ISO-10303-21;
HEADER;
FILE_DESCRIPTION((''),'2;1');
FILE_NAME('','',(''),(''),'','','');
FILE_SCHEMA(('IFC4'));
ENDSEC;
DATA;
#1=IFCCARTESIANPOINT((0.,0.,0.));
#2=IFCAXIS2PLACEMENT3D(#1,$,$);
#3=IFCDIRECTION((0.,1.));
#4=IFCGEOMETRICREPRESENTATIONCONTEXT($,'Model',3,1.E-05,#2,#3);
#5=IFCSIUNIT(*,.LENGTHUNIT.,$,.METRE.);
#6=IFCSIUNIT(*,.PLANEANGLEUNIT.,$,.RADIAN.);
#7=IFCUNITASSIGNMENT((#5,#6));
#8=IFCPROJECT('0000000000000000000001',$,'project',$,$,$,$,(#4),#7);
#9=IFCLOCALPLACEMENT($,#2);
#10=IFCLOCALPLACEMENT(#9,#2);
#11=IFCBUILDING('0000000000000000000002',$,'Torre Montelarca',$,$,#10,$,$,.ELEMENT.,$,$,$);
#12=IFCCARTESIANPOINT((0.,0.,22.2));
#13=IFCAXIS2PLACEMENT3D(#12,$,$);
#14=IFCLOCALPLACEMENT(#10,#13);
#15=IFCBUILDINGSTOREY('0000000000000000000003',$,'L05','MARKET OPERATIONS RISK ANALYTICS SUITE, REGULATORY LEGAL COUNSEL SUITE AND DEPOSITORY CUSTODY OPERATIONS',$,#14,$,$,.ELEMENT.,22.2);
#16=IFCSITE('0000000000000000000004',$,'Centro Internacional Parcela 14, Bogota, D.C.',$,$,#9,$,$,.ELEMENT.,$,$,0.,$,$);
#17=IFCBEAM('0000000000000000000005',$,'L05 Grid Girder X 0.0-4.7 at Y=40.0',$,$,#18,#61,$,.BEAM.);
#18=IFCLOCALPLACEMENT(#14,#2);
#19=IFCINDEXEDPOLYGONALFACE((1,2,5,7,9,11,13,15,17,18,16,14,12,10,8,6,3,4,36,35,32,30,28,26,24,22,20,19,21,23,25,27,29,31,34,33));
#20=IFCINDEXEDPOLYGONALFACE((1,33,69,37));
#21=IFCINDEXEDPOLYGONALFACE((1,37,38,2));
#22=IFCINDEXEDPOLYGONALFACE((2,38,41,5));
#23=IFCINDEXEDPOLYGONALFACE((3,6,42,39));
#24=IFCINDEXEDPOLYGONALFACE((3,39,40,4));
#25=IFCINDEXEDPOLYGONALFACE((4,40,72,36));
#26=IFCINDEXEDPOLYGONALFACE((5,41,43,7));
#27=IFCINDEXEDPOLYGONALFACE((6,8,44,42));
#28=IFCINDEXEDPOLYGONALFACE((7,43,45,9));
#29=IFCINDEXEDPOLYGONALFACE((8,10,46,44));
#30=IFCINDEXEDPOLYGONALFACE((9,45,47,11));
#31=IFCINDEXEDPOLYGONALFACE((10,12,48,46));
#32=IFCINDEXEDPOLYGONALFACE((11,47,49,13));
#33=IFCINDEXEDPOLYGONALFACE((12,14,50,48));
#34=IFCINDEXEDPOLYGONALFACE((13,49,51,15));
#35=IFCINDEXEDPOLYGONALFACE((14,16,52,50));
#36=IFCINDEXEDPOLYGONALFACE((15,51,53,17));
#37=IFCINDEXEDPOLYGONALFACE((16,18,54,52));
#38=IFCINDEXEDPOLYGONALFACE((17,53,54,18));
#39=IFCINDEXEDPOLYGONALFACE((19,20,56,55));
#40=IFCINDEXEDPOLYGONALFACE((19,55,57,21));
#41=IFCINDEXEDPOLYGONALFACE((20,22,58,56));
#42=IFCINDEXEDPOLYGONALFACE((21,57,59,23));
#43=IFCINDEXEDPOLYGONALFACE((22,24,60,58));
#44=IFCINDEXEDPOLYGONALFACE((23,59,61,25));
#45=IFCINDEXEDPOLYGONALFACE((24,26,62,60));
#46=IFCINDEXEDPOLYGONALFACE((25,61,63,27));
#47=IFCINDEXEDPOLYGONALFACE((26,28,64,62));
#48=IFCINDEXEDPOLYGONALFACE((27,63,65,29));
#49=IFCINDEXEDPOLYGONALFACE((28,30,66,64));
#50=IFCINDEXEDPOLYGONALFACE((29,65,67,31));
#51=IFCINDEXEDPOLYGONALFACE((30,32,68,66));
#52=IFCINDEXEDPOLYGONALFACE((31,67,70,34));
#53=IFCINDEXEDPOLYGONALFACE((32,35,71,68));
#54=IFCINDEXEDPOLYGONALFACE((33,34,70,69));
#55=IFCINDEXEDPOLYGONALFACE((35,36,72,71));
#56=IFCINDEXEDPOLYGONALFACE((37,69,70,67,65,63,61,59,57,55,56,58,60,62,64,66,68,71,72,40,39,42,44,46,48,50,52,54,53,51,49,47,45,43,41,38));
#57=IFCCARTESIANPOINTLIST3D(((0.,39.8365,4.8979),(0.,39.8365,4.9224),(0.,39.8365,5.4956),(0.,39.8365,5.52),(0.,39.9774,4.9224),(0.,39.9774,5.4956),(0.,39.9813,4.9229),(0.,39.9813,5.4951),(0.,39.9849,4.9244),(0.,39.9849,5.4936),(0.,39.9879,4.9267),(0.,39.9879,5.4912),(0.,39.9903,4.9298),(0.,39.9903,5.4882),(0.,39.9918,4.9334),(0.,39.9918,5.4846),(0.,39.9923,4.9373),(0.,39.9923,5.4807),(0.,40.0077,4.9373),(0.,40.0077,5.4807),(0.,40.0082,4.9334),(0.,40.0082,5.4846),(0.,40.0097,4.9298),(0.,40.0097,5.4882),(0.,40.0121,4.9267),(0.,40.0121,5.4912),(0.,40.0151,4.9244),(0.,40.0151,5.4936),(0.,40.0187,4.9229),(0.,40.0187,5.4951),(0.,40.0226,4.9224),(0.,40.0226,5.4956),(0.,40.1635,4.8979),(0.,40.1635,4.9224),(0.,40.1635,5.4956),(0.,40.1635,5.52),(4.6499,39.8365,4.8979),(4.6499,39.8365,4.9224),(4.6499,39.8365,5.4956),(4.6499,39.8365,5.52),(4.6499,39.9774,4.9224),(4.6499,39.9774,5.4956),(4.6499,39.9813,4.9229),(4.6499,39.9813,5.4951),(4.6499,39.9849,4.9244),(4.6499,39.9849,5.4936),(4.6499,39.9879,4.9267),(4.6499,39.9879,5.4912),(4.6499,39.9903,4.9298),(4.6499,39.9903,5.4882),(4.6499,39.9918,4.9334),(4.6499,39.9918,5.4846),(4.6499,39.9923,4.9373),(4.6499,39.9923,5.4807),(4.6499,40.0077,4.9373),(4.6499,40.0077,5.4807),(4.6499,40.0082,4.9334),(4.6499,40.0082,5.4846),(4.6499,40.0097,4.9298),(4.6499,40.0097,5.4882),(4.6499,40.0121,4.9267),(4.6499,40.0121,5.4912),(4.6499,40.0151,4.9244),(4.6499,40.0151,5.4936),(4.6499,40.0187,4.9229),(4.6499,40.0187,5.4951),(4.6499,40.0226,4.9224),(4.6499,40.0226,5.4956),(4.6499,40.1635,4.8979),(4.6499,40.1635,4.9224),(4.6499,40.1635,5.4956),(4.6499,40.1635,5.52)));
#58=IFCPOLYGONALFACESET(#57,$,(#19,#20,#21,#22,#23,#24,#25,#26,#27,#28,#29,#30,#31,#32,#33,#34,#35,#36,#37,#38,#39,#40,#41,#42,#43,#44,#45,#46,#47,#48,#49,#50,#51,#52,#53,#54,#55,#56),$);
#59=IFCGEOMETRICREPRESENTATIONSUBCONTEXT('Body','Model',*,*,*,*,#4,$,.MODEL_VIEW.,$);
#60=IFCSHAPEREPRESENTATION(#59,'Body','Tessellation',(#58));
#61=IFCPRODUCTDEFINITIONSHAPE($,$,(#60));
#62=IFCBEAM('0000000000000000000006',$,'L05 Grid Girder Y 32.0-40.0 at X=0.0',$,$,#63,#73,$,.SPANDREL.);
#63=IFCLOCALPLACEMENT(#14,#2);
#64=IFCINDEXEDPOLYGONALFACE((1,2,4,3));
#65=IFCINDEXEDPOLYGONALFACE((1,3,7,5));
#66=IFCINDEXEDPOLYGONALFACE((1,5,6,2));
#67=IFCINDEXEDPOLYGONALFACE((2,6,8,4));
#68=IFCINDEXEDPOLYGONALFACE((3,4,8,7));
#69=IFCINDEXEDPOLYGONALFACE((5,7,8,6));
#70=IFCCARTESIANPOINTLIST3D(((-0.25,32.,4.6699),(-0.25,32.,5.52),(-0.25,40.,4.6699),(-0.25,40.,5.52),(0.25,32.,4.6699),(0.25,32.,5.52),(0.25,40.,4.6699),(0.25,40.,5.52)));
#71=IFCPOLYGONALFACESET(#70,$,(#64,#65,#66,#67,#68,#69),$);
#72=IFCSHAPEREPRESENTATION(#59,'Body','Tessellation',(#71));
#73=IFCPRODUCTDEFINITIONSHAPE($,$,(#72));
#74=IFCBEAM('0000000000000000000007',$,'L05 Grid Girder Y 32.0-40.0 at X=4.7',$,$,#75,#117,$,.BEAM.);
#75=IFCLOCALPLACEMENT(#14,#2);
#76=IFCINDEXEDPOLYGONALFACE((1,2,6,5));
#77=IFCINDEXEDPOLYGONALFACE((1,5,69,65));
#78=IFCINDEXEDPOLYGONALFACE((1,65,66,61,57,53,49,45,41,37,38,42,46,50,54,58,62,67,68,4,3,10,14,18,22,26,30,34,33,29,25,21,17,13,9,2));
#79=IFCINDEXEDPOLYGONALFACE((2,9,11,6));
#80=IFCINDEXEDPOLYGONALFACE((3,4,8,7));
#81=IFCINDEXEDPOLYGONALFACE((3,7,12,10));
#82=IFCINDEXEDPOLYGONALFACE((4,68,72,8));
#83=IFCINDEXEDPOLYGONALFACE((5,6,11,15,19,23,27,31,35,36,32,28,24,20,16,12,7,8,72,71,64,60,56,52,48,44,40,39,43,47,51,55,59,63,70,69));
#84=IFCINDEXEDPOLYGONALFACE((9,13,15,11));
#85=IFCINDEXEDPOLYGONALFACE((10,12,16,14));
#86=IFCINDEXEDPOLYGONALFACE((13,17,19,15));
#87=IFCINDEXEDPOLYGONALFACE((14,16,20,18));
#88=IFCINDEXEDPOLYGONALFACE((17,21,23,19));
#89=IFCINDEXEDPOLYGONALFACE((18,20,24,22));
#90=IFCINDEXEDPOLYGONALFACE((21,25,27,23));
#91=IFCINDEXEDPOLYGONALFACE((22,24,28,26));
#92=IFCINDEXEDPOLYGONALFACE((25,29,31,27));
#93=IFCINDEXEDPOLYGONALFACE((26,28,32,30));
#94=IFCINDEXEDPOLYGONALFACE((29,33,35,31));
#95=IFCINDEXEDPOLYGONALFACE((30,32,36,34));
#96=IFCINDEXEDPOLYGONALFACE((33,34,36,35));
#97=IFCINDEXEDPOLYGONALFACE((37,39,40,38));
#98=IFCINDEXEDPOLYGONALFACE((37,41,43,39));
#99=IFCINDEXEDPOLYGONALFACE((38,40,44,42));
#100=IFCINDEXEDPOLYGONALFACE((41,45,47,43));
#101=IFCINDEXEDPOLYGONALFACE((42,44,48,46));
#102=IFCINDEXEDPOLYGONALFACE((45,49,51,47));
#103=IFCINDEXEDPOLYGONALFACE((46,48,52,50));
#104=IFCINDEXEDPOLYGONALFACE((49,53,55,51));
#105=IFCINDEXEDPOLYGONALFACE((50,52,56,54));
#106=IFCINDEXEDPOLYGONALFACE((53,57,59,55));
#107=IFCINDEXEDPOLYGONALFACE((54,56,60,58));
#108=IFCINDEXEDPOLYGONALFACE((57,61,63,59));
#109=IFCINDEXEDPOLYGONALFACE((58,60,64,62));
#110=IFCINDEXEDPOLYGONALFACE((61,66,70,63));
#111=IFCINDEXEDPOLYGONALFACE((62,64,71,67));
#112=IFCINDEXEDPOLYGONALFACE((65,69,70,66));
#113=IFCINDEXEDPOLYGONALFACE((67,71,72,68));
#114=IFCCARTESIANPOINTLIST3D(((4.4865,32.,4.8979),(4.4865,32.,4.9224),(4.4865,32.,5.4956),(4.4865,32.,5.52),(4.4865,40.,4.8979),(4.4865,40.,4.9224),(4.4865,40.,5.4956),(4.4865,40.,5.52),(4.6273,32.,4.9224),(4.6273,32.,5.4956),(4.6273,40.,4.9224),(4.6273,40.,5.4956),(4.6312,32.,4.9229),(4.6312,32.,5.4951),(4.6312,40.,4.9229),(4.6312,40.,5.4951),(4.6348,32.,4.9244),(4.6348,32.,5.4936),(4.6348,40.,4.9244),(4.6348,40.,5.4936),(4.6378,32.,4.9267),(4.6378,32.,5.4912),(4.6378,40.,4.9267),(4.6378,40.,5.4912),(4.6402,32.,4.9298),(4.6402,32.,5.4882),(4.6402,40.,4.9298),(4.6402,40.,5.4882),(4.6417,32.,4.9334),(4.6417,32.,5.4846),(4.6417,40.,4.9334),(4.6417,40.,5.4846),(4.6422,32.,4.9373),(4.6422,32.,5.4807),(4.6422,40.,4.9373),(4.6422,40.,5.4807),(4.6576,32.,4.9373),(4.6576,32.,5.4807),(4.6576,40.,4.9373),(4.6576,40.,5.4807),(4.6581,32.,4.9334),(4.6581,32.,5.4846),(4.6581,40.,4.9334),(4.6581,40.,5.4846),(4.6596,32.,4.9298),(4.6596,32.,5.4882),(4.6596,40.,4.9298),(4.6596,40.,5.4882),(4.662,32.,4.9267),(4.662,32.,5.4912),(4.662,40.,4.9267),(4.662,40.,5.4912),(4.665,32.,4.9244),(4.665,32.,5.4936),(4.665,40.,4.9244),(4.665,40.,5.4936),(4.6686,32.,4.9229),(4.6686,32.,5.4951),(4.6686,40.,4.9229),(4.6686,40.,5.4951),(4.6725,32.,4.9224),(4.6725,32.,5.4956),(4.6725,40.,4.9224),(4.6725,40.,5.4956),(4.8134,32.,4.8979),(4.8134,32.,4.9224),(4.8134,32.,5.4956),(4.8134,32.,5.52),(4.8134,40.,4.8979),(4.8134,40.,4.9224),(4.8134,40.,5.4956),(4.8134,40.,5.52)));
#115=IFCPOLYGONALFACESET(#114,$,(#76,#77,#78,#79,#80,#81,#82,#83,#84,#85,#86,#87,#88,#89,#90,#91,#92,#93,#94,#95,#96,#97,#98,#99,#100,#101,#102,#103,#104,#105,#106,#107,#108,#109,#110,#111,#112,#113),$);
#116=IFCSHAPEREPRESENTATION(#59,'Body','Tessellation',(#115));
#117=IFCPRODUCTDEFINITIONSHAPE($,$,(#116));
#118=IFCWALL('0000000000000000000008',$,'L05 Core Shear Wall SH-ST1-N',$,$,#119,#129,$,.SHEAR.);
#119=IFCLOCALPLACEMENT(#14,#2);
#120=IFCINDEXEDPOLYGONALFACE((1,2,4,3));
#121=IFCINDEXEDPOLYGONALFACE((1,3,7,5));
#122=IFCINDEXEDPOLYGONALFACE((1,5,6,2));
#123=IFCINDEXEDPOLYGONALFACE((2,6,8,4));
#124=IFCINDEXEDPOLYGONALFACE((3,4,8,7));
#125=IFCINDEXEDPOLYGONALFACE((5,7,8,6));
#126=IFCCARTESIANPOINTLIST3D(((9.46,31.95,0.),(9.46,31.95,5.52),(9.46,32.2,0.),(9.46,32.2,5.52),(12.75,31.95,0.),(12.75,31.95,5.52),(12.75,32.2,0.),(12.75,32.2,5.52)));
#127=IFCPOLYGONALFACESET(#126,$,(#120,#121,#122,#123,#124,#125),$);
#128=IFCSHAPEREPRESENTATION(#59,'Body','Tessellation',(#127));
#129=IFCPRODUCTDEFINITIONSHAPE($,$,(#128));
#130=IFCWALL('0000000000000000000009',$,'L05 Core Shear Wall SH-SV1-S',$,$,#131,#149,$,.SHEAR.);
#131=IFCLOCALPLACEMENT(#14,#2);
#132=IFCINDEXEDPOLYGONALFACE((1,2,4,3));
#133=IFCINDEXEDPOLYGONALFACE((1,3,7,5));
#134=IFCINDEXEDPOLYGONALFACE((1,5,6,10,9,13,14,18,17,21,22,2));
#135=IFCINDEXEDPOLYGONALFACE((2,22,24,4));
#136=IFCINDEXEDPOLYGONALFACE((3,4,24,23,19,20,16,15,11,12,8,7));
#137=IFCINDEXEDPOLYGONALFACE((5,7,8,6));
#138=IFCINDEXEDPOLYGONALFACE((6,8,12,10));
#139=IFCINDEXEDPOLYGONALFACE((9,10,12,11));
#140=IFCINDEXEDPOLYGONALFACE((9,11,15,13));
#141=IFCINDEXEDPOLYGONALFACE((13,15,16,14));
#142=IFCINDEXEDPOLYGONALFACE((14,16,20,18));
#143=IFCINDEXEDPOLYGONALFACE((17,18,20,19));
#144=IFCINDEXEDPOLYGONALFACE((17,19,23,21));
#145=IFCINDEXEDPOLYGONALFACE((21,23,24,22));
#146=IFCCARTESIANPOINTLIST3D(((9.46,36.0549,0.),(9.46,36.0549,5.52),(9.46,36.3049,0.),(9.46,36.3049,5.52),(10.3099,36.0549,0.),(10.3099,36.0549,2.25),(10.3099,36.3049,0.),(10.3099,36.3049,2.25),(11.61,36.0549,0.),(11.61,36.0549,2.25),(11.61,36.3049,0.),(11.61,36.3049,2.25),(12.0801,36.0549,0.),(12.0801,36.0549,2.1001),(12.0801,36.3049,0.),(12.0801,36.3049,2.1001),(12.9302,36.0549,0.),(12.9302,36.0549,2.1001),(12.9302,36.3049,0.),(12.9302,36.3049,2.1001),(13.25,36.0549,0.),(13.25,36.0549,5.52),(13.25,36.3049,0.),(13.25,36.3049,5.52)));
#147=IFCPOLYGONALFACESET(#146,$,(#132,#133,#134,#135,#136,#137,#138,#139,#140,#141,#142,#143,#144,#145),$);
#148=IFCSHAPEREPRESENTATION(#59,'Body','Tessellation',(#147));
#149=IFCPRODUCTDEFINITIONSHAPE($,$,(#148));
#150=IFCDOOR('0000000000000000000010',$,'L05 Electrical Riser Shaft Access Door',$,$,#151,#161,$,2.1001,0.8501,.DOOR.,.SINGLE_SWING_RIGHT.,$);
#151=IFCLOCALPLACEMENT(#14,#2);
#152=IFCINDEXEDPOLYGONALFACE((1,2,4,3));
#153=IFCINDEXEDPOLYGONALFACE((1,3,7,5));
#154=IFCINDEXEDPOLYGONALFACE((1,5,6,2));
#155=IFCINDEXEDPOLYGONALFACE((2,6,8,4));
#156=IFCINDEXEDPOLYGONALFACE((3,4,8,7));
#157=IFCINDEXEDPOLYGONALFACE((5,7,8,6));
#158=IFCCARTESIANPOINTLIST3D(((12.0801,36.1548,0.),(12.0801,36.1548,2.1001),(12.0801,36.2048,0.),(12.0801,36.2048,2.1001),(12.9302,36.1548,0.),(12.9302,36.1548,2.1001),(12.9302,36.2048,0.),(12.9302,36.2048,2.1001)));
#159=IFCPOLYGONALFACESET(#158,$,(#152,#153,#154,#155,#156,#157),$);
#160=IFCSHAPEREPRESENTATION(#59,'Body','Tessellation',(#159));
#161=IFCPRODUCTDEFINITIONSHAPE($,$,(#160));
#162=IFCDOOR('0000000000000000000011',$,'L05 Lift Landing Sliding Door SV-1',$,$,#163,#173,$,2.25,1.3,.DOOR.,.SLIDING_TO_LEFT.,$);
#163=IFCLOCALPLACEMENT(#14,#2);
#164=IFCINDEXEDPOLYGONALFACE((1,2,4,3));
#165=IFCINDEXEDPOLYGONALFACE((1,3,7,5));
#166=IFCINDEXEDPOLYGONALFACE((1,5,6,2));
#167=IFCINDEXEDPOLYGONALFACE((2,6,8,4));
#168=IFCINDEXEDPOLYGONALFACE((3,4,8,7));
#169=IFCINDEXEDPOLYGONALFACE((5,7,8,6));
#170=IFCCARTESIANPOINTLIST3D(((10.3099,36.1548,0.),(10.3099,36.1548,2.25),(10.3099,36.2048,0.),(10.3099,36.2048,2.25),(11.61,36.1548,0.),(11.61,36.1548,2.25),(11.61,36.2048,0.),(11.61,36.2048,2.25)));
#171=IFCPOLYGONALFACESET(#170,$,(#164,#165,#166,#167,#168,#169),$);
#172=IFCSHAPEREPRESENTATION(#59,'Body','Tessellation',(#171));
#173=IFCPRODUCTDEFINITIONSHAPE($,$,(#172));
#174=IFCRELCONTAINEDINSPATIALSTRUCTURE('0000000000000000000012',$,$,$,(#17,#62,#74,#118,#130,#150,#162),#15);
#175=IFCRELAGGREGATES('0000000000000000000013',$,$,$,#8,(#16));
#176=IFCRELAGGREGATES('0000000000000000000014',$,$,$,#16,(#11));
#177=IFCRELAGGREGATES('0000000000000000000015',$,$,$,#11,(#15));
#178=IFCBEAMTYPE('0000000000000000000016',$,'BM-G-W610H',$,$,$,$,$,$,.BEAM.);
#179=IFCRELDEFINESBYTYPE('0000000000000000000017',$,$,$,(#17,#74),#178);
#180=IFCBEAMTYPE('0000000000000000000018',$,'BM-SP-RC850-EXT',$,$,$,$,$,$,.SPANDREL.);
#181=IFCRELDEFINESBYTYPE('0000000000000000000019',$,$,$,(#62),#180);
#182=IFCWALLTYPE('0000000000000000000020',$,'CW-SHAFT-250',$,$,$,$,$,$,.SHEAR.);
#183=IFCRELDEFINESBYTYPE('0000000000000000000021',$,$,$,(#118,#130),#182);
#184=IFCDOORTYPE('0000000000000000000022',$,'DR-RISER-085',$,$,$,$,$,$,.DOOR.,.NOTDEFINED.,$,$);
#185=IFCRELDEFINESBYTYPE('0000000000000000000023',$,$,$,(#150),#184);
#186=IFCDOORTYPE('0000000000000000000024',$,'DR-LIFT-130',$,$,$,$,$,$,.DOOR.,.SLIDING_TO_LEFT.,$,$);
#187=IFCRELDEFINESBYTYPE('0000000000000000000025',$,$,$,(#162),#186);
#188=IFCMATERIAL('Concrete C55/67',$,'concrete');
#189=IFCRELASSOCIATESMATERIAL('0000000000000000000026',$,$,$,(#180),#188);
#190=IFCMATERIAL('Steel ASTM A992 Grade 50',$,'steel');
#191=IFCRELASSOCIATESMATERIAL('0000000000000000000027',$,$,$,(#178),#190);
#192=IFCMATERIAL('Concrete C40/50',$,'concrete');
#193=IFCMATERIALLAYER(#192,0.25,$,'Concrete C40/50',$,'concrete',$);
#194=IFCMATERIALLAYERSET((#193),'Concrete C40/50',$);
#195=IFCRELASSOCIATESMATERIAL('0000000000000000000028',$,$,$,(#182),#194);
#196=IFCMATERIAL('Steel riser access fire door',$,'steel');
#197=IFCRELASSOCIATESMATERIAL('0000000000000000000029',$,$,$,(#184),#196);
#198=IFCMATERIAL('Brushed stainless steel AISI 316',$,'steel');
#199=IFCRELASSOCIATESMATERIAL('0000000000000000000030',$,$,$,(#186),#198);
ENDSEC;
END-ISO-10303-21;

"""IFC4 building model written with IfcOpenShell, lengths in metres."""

from ifc_helpers import new_model, si_unit, direction, frame, frame_2d, origin, origin_2d, place, context, subcontext, project, spatial, rectangle, i_section, extrude, source, transform, mapped, material, layer, layer_set, material_profile, profile_set, type_object, element, fill, save


model = new_model("IFC4")

# Units and contexts
model_context = context("Model", 3, precision=1e-05, world=origin(), true_north=direction((0.0, 1.0)))
body_context = subcontext(model_context, "Body", "Model", "MODEL_VIEW")
ifc_project = project(units=[si_unit("LENGTHUNIT", "METRE"), si_unit("PLANEANGLEUNIT", "RADIAN")], contexts=[model_context])

# Site, building, storey
site_placement = place(None, origin())
site = spatial("IfcSite", under=ifc_project, at=site_placement, Name="Centro Internacional Parcela 14, Bogota, D.C.", CompositionType="ELEMENT", RefElevation=0.0)
building_placement = place(site_placement, origin())
building = spatial("IfcBuilding", under=site, at=building_placement, Name="Torre Montelarca", CompositionType="ELEMENT")
storey_placement = place(building_placement, frame((0.0, 0.0, 22.2)))
storey = spatial("IfcBuildingStorey", under=building, at=storey_placement, Name="L05", Description="MARKET OPERATIONS RISK ANALYTICS SUITE, REGULATORY LEGAL COUNSEL SUITE AND DEPOSITORY CUSTODY OPERATIONS", CompositionType="ELEMENT", Elevation=22.2)

# Shared definitions
ifc_material_1 = material(Name="Concrete C55/67", Category="concrete")

# Beams
ifc_material_profile_1 = material_profile(ifc_material_1, rectangle(XDim=0.5, YDim=0.8501, at=origin_2d()), Name="RCB500X850", Category="concrete")
ifc_profile_set_1 = profile_set([ifc_material_profile_1], Name="Concrete C55/67")
beam_type_1 = type_object("IfcBeamType", Name="BM-SP-RC850-EXT", PredefinedType="SPANDREL", material=ifc_profile_set_1)
ifc_material_2 = material(Name="Steel ASTM A992 Grade 50", Category="steel")
ifc_material_profile_2 = material_profile(ifc_material_2, i_section(OverallWidth=0.3269, OverallDepth=0.6221, WebThickness=0.0154, FlangeThickness=0.0244, FilletRadius=0.0149, at=origin_2d()), Name="W610X195", Category="steel")
ifc_profile_set_2 = profile_set([ifc_material_profile_2], Name="Steel ASTM A992 Grade 50")
beam_type_2 = type_object("IfcBeamType", Name="BM-G-W610H", PredefinedType="BEAM", material=ifc_profile_set_2)
shared_shape_1 = source(origin(), body_context, "Body", "SweptSolid", [
    extrude(i_section(OverallWidth=0.3269, OverallDepth=0.6221, WebThickness=0.0154, FlangeThickness=0.0244, FilletRadius=0.0149, at=origin_2d()), origin(), (0.0, 0.0, 1.0), 4.6499),
])
for number, where, z_axis, x_axis, name in (
    (1, (0.0, 40.0, 5.209), (1.0, 0.0, 0.0), (0.0, 1.0, 0.0), "L05 Grid Girder X 0.0-4.7 at Y=40.0"),
):
    element("IfcBeam", number, at=place(storey_placement, frame(where, z_axis=z_axis, x_axis=x_axis)), inside=storey, type_object=beam_type_2, Name=name, PredefinedType="BEAM", context=body_context, shape_type="MappedRepresentation", body=[
        mapped(shared_shape_1, transform((0.0, 0.0, 0.0), scale=1.0)),
    ])
shared_shape_2 = source(origin(), body_context, "Body", "SweptSolid", [
    extrude(rectangle(XDim=0.5, YDim=0.8501, at=origin_2d()), origin(), (0.0, 0.0, 1.0), 8.0),
])
beam_1_placement = place(storey_placement, frame((0.0, 32.0, 5.095), z_axis=(0.0, 1.0, 0.0), x_axis=(-1.0, 0.0, 0.0)))
element("IfcBeam", 2, at=beam_1_placement, inside=storey, type_object=beam_type_1, Name="L05 Grid Girder Y 32.0-40.0 at X=0.0", PredefinedType="SPANDREL", context=body_context, shape_type="MappedRepresentation", body=[
    mapped(shared_shape_2, transform((0.0, 0.0, 0.0), scale=1.0)),
])
shared_shape_3 = source(origin(), body_context, "Body", "SweptSolid", [
    extrude(i_section(OverallWidth=0.3269, OverallDepth=0.6221, WebThickness=0.0154, FlangeThickness=0.0244, FilletRadius=0.0149, at=origin_2d()), origin(), (0.0, 0.0, 1.0), 8.0),
])
beam_2_placement = place(storey_placement, frame((4.6499, 32.0, 5.209), z_axis=(0.0, 1.0, 0.0), x_axis=(-1.0, 0.0, 0.0)))
element("IfcBeam", 3, at=beam_2_placement, inside=storey, type_object=beam_type_2, Name="L05 Grid Girder Y 32.0-40.0 at X=4.7", PredefinedType="BEAM", context=body_context, shape_type="MappedRepresentation", body=[
    mapped(shared_shape_3, transform((0.0, 0.0, 0.0), scale=1.0)),
])

# Wall
ifc_material_3 = material(Name="Concrete C40/50", Category="concrete")
ifc_layer_1 = layer(ifc_material_3, 0.25, Name="Concrete C40/50", Category="concrete")
ifc_layer_set_1 = layer_set([ifc_layer_1], Name="Concrete C40/50")
wall_type_1 = type_object("IfcWallType", Name="CW-SHAFT-250", PredefinedType="SHEAR", material=ifc_layer_set_1)
wall_1_placement = place(storey_placement, frame((9.46, 32.075, 0.0), z_axis=(0.0, 0.0, 1.0), x_axis=(1.0, 0.0, 0.0)))
element("IfcWall", 4, at=wall_1_placement, inside=storey, type_object=wall_type_1, Name="L05 Core Shear Wall SH-ST1-N", PredefinedType="SHEAR", context=body_context, shape_type="SweptSolid", body=[
    extrude(rectangle(XDim=3.29, YDim=0.25, at=frame_2d((1.645, 0.0))), origin(), (0.0, 0.0, 1.0), 5.52),
])

# Wall, openings, doors
wall_2_placement = place(storey_placement, frame((9.46, 36.1799, 0.0), z_axis=(0.0, 0.0, 1.0), x_axis=(1.0, 0.0, 0.0)))
wall_2 = element("IfcWall", 5, at=wall_2_placement, inside=storey, type_object=wall_type_1, Name="L05 Core Shear Wall SH-SV1-S", PredefinedType="SHEAR", context=body_context, shape_type="SweptSolid", body=[
    extrude(rectangle(XDim=3.79, YDim=0.25, at=frame_2d((1.895, 0.0))), origin(), (0.0, 0.0, 1.0), 5.52),
])
opening_1_placement = place(wall_2_placement, frame((2.6201, 0.0, 0.0)))
opening_1 = element("IfcOpeningElement", 6, at=opening_1_placement, cuts=wall_2, PredefinedType="OPENING", context=body_context, shape_type="SweptSolid", body=[
    extrude(rectangle(XDim=0.8501, YDim=2.1001, at=frame_2d((0.425, 1.05))), frame((0.0, 0.135, 0.0), z_axis=(0.0, -1.0, 0.0), x_axis=(1.0, 0.0, 0.0)), (0.0, 0.0, 1.0), 0.27),
])
opening_2_placement = place(wall_2_placement, frame((0.8501, 0.0, 0.0)))
opening_2 = element("IfcOpeningElement", 7, at=opening_2_placement, cuts=wall_2, PredefinedType="OPENING", context=body_context, shape_type="SweptSolid", body=[
    extrude(rectangle(XDim=1.3, YDim=2.25, at=frame_2d((0.6499, 1.125))), frame((0.0, 0.135, 0.0), z_axis=(0.0, -1.0, 0.0), x_axis=(1.0, 0.0, 0.0)), (0.0, 0.0, 1.0), 0.27),
])
ifc_material_4 = material(Name="Steel riser access fire door", Category="steel")
door_type_1 = type_object("IfcDoorType", Name="DR-RISER-085", OperationType="NOTDEFINED", PredefinedType="DOOR", material=ifc_material_4)
shared_shape_4 = source(origin(), body_context, "Body", "SweptSolid", [
    extrude(rectangle(XDim=0.8501, YDim=2.1001, at=frame_2d((0.425, 1.05))), frame((0.0, 0.0249, 0.0), z_axis=(0.0, -1.0, 0.0), x_axis=(1.0, 0.0, 0.0)), (0.0, 0.0, 1.0), 0.05),
])
door_1_placement = place(opening_1_placement, origin())
door_1 = element("IfcDoor", 8, at=door_1_placement, inside=storey, type_object=door_type_1, Name="L05 Electrical Riser Shaft Access Door", OperationType="SINGLE_SWING_RIGHT", OverallHeight=2.1001, OverallWidth=0.8501, PredefinedType="DOOR", context=body_context, shape_type="MappedRepresentation", body=[
    mapped(shared_shape_4, transform((0.0, 0.0, 0.0), scale=1.0)),
])
fill(opening_1, door_1)
ifc_material_5 = material(Name="Brushed stainless steel AISI 316", Category="steel")
door_type_2 = type_object("IfcDoorType", Name="DR-LIFT-130", OperationType="SLIDING_TO_LEFT", PredefinedType="DOOR", material=ifc_material_5)
shared_shape_5 = source(origin(), body_context, "Body", "SweptSolid", [
    extrude(rectangle(XDim=1.3, YDim=2.25, at=frame_2d((0.6499, 1.125))), frame((0.0, 0.0249, 0.0), z_axis=(0.0, -1.0, 0.0), x_axis=(1.0, 0.0, 0.0)), (0.0, 0.0, 1.0), 0.05),
])
door_2_placement = place(opening_2_placement, origin())
door_2 = element("IfcDoor", 9, at=door_2_placement, inside=storey, type_object=door_type_2, Name="L05 Lift Landing Sliding Door SV-1", OperationType="SLIDING_TO_LEFT", OverallHeight=2.25, OverallWidth=1.3, PredefinedType="DOOR", context=body_context, shape_type="MappedRepresentation", body=[
    mapped(shared_shape_5, transform((0.0, 0.0, 0.0), scale=1.0)),
])
fill(opening_2, door_2)

save(model, "model.ifc")
